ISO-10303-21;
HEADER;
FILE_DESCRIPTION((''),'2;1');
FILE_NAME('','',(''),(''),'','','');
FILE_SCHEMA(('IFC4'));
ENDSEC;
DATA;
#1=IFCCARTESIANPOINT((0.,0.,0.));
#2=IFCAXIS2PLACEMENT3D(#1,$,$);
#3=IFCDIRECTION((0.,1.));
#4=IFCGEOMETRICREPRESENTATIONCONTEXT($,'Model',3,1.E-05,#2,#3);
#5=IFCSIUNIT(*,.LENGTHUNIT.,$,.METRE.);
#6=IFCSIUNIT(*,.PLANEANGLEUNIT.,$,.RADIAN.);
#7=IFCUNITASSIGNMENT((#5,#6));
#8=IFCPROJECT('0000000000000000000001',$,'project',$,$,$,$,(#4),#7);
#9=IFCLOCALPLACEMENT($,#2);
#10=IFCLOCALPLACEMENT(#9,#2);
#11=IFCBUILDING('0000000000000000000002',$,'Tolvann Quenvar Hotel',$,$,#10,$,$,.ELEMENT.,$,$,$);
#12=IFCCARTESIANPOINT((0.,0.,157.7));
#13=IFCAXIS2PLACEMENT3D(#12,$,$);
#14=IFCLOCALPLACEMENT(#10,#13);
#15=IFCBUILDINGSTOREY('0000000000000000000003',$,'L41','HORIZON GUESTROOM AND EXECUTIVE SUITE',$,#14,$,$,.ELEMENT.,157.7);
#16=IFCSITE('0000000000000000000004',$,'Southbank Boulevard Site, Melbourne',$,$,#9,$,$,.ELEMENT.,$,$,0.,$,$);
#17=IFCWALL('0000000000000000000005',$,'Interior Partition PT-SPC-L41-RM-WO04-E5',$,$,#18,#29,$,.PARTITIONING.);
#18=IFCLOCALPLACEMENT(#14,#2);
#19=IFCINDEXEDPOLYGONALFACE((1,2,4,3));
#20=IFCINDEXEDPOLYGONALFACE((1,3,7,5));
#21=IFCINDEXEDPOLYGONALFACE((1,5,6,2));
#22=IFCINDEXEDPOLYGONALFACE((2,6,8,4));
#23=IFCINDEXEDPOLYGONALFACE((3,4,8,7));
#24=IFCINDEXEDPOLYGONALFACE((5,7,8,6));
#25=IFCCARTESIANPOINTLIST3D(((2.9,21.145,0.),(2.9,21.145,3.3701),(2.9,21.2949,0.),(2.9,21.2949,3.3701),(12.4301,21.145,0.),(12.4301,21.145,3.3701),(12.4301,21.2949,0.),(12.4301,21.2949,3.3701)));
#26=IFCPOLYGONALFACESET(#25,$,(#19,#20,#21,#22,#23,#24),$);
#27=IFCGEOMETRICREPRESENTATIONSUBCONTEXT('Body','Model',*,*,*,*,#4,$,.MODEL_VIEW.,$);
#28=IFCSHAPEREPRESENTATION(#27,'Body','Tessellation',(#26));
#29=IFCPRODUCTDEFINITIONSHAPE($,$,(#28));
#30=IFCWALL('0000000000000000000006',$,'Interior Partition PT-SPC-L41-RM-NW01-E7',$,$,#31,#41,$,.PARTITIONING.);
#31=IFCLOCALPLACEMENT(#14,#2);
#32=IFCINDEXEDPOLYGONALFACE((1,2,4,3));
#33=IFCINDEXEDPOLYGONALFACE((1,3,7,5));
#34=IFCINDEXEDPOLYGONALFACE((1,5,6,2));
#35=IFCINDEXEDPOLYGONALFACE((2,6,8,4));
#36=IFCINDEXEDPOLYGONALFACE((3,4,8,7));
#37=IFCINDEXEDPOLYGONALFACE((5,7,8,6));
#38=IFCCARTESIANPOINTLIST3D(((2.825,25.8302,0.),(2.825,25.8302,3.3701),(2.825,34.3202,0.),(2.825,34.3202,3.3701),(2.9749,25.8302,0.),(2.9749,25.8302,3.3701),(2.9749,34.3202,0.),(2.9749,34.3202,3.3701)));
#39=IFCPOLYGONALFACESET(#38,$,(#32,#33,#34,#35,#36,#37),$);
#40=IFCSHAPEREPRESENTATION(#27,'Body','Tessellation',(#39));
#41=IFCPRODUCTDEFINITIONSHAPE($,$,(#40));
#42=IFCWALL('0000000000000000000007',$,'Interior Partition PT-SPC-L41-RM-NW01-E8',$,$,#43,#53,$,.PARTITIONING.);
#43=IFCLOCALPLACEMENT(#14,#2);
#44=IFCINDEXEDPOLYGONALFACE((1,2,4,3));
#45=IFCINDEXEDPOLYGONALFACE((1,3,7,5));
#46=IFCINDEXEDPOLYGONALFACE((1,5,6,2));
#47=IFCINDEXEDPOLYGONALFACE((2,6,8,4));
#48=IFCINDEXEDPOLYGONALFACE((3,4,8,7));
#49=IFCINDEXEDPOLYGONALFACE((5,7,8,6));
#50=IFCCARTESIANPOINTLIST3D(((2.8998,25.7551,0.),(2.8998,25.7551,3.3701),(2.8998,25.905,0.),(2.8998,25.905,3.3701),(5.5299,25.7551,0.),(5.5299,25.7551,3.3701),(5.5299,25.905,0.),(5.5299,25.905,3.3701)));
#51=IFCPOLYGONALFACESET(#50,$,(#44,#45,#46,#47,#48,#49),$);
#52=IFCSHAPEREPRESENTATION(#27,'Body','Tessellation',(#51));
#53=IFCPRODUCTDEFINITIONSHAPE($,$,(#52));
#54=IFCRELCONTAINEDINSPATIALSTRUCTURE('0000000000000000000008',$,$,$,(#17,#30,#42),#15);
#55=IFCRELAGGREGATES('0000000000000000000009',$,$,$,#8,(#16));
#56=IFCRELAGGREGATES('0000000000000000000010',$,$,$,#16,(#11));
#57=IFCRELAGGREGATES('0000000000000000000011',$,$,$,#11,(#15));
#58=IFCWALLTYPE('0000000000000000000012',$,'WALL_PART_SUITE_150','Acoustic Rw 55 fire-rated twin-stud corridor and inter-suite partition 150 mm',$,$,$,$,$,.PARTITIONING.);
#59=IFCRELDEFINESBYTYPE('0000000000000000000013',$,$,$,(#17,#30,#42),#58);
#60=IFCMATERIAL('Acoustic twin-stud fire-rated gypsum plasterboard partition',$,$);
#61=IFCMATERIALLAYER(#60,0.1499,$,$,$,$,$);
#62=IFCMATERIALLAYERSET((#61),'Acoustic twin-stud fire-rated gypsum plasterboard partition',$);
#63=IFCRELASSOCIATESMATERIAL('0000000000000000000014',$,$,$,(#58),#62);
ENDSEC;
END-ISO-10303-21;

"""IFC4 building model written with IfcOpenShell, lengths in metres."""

from ifc_helpers import new_model, si_unit, direction, frame, frame_2d, origin, place, context, subcontext, project, spatial, rectangle, extrude, material, layer, layer_set, type_object, element, save


model = new_model("IFC4")

# Units and contexts
model_context = context("Model", 3, precision=1e-05, world=origin(), true_north=direction((0.0, 1.0)))
body_context = subcontext(model_context, "Body", "Model", "MODEL_VIEW")
ifc_project = project(units=[si_unit("LENGTHUNIT", "METRE"), si_unit("PLANEANGLEUNIT", "RADIAN")], contexts=[model_context])

# Site, building, storey
site_placement = place(None, origin())
site = spatial("IfcSite", under=ifc_project, at=site_placement, Name="Southbank Boulevard Site, Melbourne", CompositionType="ELEMENT", RefElevation=0.0)
building_placement = place(site_placement, origin())
building = spatial("IfcBuilding", under=site, at=building_placement, Name="Tolvann Quenvar Hotel", CompositionType="ELEMENT")
storey_placement = place(building_placement, frame((0.0, 0.0, 157.7)))
storey = spatial("IfcBuildingStorey", under=building, at=storey_placement, Name="L41", Description="HORIZON GUESTROOM AND EXECUTIVE SUITE", CompositionType="ELEMENT", Elevation=157.7)

# Shared definitions
ifc_material_1 = material(Name="Acoustic twin-stud fire-rated gypsum plasterboard partition")
ifc_layer_1 = layer(ifc_material_1, 0.1499)
ifc_layer_set_1 = layer_set([ifc_layer_1], Name="Acoustic twin-stud fire-rated gypsum plasterboard partition")
wall_type_1 = type_object("IfcWallType", Name="WALL_PART_SUITE_150", Description="Acoustic Rw 55 fire-rated twin-stud corridor and inter-suite partition 150 mm", PredefinedType="PARTITIONING", material=ifc_layer_set_1)

# Walls
wall_1_placement = place(storey_placement, frame((2.8999, 21.22, 0.0), z_axis=(0.0, 0.0, 1.0), x_axis=(1.0, 0.0, 0.0)))
element("IfcWall", 1, at=wall_1_placement, inside=storey, type_object=wall_type_1, Name="Interior Partition PT-SPC-L41-RM-WO04-E5", PredefinedType="PARTITIONING", context=body_context, shape_type="SweptSolid", body=[
    extrude(rectangle(XDim=9.53, YDim=0.1499, at=frame_2d((4.7651, 0.0))), origin(), (0.0, 0.0, 1.0), 3.3701),
])
wall_2_placement = place(storey_placement, frame((2.8999, 25.8301, 0.0), z_axis=(0.0, 0.0, 1.0), x_axis=(0.0, 1.0, 0.0)))
element("IfcWall", 2, at=wall_2_placement, inside=storey, type_object=wall_type_1, Name="Interior Partition PT-SPC-L41-RM-NW01-E7", PredefinedType="PARTITIONING", context=body_context, shape_type="SweptSolid", body=[
    extrude(rectangle(XDim=8.49, YDim=0.1499, at=frame_2d((4.2451, 0.0))), origin(), (0.0, 0.0, 1.0), 3.3701),
])
wall_3_placement = place(storey_placement, frame((2.8999, 25.8301, 0.0), z_axis=(0.0, 0.0, 1.0), x_axis=(1.0, 0.0, 0.0)))
element("IfcWall", 3, at=wall_3_placement, inside=storey, type_object=wall_type_1, Name="Interior Partition PT-SPC-L41-RM-NW01-E8", PredefinedType="PARTITIONING", context=body_context, shape_type="SweptSolid", body=[
    extrude(rectangle(XDim=2.6301, YDim=0.1499, at=frame_2d((1.3149, 0.0))), origin(), (0.0, 0.0, 1.0), 3.3701),
])

save(model, "model.ifc")
